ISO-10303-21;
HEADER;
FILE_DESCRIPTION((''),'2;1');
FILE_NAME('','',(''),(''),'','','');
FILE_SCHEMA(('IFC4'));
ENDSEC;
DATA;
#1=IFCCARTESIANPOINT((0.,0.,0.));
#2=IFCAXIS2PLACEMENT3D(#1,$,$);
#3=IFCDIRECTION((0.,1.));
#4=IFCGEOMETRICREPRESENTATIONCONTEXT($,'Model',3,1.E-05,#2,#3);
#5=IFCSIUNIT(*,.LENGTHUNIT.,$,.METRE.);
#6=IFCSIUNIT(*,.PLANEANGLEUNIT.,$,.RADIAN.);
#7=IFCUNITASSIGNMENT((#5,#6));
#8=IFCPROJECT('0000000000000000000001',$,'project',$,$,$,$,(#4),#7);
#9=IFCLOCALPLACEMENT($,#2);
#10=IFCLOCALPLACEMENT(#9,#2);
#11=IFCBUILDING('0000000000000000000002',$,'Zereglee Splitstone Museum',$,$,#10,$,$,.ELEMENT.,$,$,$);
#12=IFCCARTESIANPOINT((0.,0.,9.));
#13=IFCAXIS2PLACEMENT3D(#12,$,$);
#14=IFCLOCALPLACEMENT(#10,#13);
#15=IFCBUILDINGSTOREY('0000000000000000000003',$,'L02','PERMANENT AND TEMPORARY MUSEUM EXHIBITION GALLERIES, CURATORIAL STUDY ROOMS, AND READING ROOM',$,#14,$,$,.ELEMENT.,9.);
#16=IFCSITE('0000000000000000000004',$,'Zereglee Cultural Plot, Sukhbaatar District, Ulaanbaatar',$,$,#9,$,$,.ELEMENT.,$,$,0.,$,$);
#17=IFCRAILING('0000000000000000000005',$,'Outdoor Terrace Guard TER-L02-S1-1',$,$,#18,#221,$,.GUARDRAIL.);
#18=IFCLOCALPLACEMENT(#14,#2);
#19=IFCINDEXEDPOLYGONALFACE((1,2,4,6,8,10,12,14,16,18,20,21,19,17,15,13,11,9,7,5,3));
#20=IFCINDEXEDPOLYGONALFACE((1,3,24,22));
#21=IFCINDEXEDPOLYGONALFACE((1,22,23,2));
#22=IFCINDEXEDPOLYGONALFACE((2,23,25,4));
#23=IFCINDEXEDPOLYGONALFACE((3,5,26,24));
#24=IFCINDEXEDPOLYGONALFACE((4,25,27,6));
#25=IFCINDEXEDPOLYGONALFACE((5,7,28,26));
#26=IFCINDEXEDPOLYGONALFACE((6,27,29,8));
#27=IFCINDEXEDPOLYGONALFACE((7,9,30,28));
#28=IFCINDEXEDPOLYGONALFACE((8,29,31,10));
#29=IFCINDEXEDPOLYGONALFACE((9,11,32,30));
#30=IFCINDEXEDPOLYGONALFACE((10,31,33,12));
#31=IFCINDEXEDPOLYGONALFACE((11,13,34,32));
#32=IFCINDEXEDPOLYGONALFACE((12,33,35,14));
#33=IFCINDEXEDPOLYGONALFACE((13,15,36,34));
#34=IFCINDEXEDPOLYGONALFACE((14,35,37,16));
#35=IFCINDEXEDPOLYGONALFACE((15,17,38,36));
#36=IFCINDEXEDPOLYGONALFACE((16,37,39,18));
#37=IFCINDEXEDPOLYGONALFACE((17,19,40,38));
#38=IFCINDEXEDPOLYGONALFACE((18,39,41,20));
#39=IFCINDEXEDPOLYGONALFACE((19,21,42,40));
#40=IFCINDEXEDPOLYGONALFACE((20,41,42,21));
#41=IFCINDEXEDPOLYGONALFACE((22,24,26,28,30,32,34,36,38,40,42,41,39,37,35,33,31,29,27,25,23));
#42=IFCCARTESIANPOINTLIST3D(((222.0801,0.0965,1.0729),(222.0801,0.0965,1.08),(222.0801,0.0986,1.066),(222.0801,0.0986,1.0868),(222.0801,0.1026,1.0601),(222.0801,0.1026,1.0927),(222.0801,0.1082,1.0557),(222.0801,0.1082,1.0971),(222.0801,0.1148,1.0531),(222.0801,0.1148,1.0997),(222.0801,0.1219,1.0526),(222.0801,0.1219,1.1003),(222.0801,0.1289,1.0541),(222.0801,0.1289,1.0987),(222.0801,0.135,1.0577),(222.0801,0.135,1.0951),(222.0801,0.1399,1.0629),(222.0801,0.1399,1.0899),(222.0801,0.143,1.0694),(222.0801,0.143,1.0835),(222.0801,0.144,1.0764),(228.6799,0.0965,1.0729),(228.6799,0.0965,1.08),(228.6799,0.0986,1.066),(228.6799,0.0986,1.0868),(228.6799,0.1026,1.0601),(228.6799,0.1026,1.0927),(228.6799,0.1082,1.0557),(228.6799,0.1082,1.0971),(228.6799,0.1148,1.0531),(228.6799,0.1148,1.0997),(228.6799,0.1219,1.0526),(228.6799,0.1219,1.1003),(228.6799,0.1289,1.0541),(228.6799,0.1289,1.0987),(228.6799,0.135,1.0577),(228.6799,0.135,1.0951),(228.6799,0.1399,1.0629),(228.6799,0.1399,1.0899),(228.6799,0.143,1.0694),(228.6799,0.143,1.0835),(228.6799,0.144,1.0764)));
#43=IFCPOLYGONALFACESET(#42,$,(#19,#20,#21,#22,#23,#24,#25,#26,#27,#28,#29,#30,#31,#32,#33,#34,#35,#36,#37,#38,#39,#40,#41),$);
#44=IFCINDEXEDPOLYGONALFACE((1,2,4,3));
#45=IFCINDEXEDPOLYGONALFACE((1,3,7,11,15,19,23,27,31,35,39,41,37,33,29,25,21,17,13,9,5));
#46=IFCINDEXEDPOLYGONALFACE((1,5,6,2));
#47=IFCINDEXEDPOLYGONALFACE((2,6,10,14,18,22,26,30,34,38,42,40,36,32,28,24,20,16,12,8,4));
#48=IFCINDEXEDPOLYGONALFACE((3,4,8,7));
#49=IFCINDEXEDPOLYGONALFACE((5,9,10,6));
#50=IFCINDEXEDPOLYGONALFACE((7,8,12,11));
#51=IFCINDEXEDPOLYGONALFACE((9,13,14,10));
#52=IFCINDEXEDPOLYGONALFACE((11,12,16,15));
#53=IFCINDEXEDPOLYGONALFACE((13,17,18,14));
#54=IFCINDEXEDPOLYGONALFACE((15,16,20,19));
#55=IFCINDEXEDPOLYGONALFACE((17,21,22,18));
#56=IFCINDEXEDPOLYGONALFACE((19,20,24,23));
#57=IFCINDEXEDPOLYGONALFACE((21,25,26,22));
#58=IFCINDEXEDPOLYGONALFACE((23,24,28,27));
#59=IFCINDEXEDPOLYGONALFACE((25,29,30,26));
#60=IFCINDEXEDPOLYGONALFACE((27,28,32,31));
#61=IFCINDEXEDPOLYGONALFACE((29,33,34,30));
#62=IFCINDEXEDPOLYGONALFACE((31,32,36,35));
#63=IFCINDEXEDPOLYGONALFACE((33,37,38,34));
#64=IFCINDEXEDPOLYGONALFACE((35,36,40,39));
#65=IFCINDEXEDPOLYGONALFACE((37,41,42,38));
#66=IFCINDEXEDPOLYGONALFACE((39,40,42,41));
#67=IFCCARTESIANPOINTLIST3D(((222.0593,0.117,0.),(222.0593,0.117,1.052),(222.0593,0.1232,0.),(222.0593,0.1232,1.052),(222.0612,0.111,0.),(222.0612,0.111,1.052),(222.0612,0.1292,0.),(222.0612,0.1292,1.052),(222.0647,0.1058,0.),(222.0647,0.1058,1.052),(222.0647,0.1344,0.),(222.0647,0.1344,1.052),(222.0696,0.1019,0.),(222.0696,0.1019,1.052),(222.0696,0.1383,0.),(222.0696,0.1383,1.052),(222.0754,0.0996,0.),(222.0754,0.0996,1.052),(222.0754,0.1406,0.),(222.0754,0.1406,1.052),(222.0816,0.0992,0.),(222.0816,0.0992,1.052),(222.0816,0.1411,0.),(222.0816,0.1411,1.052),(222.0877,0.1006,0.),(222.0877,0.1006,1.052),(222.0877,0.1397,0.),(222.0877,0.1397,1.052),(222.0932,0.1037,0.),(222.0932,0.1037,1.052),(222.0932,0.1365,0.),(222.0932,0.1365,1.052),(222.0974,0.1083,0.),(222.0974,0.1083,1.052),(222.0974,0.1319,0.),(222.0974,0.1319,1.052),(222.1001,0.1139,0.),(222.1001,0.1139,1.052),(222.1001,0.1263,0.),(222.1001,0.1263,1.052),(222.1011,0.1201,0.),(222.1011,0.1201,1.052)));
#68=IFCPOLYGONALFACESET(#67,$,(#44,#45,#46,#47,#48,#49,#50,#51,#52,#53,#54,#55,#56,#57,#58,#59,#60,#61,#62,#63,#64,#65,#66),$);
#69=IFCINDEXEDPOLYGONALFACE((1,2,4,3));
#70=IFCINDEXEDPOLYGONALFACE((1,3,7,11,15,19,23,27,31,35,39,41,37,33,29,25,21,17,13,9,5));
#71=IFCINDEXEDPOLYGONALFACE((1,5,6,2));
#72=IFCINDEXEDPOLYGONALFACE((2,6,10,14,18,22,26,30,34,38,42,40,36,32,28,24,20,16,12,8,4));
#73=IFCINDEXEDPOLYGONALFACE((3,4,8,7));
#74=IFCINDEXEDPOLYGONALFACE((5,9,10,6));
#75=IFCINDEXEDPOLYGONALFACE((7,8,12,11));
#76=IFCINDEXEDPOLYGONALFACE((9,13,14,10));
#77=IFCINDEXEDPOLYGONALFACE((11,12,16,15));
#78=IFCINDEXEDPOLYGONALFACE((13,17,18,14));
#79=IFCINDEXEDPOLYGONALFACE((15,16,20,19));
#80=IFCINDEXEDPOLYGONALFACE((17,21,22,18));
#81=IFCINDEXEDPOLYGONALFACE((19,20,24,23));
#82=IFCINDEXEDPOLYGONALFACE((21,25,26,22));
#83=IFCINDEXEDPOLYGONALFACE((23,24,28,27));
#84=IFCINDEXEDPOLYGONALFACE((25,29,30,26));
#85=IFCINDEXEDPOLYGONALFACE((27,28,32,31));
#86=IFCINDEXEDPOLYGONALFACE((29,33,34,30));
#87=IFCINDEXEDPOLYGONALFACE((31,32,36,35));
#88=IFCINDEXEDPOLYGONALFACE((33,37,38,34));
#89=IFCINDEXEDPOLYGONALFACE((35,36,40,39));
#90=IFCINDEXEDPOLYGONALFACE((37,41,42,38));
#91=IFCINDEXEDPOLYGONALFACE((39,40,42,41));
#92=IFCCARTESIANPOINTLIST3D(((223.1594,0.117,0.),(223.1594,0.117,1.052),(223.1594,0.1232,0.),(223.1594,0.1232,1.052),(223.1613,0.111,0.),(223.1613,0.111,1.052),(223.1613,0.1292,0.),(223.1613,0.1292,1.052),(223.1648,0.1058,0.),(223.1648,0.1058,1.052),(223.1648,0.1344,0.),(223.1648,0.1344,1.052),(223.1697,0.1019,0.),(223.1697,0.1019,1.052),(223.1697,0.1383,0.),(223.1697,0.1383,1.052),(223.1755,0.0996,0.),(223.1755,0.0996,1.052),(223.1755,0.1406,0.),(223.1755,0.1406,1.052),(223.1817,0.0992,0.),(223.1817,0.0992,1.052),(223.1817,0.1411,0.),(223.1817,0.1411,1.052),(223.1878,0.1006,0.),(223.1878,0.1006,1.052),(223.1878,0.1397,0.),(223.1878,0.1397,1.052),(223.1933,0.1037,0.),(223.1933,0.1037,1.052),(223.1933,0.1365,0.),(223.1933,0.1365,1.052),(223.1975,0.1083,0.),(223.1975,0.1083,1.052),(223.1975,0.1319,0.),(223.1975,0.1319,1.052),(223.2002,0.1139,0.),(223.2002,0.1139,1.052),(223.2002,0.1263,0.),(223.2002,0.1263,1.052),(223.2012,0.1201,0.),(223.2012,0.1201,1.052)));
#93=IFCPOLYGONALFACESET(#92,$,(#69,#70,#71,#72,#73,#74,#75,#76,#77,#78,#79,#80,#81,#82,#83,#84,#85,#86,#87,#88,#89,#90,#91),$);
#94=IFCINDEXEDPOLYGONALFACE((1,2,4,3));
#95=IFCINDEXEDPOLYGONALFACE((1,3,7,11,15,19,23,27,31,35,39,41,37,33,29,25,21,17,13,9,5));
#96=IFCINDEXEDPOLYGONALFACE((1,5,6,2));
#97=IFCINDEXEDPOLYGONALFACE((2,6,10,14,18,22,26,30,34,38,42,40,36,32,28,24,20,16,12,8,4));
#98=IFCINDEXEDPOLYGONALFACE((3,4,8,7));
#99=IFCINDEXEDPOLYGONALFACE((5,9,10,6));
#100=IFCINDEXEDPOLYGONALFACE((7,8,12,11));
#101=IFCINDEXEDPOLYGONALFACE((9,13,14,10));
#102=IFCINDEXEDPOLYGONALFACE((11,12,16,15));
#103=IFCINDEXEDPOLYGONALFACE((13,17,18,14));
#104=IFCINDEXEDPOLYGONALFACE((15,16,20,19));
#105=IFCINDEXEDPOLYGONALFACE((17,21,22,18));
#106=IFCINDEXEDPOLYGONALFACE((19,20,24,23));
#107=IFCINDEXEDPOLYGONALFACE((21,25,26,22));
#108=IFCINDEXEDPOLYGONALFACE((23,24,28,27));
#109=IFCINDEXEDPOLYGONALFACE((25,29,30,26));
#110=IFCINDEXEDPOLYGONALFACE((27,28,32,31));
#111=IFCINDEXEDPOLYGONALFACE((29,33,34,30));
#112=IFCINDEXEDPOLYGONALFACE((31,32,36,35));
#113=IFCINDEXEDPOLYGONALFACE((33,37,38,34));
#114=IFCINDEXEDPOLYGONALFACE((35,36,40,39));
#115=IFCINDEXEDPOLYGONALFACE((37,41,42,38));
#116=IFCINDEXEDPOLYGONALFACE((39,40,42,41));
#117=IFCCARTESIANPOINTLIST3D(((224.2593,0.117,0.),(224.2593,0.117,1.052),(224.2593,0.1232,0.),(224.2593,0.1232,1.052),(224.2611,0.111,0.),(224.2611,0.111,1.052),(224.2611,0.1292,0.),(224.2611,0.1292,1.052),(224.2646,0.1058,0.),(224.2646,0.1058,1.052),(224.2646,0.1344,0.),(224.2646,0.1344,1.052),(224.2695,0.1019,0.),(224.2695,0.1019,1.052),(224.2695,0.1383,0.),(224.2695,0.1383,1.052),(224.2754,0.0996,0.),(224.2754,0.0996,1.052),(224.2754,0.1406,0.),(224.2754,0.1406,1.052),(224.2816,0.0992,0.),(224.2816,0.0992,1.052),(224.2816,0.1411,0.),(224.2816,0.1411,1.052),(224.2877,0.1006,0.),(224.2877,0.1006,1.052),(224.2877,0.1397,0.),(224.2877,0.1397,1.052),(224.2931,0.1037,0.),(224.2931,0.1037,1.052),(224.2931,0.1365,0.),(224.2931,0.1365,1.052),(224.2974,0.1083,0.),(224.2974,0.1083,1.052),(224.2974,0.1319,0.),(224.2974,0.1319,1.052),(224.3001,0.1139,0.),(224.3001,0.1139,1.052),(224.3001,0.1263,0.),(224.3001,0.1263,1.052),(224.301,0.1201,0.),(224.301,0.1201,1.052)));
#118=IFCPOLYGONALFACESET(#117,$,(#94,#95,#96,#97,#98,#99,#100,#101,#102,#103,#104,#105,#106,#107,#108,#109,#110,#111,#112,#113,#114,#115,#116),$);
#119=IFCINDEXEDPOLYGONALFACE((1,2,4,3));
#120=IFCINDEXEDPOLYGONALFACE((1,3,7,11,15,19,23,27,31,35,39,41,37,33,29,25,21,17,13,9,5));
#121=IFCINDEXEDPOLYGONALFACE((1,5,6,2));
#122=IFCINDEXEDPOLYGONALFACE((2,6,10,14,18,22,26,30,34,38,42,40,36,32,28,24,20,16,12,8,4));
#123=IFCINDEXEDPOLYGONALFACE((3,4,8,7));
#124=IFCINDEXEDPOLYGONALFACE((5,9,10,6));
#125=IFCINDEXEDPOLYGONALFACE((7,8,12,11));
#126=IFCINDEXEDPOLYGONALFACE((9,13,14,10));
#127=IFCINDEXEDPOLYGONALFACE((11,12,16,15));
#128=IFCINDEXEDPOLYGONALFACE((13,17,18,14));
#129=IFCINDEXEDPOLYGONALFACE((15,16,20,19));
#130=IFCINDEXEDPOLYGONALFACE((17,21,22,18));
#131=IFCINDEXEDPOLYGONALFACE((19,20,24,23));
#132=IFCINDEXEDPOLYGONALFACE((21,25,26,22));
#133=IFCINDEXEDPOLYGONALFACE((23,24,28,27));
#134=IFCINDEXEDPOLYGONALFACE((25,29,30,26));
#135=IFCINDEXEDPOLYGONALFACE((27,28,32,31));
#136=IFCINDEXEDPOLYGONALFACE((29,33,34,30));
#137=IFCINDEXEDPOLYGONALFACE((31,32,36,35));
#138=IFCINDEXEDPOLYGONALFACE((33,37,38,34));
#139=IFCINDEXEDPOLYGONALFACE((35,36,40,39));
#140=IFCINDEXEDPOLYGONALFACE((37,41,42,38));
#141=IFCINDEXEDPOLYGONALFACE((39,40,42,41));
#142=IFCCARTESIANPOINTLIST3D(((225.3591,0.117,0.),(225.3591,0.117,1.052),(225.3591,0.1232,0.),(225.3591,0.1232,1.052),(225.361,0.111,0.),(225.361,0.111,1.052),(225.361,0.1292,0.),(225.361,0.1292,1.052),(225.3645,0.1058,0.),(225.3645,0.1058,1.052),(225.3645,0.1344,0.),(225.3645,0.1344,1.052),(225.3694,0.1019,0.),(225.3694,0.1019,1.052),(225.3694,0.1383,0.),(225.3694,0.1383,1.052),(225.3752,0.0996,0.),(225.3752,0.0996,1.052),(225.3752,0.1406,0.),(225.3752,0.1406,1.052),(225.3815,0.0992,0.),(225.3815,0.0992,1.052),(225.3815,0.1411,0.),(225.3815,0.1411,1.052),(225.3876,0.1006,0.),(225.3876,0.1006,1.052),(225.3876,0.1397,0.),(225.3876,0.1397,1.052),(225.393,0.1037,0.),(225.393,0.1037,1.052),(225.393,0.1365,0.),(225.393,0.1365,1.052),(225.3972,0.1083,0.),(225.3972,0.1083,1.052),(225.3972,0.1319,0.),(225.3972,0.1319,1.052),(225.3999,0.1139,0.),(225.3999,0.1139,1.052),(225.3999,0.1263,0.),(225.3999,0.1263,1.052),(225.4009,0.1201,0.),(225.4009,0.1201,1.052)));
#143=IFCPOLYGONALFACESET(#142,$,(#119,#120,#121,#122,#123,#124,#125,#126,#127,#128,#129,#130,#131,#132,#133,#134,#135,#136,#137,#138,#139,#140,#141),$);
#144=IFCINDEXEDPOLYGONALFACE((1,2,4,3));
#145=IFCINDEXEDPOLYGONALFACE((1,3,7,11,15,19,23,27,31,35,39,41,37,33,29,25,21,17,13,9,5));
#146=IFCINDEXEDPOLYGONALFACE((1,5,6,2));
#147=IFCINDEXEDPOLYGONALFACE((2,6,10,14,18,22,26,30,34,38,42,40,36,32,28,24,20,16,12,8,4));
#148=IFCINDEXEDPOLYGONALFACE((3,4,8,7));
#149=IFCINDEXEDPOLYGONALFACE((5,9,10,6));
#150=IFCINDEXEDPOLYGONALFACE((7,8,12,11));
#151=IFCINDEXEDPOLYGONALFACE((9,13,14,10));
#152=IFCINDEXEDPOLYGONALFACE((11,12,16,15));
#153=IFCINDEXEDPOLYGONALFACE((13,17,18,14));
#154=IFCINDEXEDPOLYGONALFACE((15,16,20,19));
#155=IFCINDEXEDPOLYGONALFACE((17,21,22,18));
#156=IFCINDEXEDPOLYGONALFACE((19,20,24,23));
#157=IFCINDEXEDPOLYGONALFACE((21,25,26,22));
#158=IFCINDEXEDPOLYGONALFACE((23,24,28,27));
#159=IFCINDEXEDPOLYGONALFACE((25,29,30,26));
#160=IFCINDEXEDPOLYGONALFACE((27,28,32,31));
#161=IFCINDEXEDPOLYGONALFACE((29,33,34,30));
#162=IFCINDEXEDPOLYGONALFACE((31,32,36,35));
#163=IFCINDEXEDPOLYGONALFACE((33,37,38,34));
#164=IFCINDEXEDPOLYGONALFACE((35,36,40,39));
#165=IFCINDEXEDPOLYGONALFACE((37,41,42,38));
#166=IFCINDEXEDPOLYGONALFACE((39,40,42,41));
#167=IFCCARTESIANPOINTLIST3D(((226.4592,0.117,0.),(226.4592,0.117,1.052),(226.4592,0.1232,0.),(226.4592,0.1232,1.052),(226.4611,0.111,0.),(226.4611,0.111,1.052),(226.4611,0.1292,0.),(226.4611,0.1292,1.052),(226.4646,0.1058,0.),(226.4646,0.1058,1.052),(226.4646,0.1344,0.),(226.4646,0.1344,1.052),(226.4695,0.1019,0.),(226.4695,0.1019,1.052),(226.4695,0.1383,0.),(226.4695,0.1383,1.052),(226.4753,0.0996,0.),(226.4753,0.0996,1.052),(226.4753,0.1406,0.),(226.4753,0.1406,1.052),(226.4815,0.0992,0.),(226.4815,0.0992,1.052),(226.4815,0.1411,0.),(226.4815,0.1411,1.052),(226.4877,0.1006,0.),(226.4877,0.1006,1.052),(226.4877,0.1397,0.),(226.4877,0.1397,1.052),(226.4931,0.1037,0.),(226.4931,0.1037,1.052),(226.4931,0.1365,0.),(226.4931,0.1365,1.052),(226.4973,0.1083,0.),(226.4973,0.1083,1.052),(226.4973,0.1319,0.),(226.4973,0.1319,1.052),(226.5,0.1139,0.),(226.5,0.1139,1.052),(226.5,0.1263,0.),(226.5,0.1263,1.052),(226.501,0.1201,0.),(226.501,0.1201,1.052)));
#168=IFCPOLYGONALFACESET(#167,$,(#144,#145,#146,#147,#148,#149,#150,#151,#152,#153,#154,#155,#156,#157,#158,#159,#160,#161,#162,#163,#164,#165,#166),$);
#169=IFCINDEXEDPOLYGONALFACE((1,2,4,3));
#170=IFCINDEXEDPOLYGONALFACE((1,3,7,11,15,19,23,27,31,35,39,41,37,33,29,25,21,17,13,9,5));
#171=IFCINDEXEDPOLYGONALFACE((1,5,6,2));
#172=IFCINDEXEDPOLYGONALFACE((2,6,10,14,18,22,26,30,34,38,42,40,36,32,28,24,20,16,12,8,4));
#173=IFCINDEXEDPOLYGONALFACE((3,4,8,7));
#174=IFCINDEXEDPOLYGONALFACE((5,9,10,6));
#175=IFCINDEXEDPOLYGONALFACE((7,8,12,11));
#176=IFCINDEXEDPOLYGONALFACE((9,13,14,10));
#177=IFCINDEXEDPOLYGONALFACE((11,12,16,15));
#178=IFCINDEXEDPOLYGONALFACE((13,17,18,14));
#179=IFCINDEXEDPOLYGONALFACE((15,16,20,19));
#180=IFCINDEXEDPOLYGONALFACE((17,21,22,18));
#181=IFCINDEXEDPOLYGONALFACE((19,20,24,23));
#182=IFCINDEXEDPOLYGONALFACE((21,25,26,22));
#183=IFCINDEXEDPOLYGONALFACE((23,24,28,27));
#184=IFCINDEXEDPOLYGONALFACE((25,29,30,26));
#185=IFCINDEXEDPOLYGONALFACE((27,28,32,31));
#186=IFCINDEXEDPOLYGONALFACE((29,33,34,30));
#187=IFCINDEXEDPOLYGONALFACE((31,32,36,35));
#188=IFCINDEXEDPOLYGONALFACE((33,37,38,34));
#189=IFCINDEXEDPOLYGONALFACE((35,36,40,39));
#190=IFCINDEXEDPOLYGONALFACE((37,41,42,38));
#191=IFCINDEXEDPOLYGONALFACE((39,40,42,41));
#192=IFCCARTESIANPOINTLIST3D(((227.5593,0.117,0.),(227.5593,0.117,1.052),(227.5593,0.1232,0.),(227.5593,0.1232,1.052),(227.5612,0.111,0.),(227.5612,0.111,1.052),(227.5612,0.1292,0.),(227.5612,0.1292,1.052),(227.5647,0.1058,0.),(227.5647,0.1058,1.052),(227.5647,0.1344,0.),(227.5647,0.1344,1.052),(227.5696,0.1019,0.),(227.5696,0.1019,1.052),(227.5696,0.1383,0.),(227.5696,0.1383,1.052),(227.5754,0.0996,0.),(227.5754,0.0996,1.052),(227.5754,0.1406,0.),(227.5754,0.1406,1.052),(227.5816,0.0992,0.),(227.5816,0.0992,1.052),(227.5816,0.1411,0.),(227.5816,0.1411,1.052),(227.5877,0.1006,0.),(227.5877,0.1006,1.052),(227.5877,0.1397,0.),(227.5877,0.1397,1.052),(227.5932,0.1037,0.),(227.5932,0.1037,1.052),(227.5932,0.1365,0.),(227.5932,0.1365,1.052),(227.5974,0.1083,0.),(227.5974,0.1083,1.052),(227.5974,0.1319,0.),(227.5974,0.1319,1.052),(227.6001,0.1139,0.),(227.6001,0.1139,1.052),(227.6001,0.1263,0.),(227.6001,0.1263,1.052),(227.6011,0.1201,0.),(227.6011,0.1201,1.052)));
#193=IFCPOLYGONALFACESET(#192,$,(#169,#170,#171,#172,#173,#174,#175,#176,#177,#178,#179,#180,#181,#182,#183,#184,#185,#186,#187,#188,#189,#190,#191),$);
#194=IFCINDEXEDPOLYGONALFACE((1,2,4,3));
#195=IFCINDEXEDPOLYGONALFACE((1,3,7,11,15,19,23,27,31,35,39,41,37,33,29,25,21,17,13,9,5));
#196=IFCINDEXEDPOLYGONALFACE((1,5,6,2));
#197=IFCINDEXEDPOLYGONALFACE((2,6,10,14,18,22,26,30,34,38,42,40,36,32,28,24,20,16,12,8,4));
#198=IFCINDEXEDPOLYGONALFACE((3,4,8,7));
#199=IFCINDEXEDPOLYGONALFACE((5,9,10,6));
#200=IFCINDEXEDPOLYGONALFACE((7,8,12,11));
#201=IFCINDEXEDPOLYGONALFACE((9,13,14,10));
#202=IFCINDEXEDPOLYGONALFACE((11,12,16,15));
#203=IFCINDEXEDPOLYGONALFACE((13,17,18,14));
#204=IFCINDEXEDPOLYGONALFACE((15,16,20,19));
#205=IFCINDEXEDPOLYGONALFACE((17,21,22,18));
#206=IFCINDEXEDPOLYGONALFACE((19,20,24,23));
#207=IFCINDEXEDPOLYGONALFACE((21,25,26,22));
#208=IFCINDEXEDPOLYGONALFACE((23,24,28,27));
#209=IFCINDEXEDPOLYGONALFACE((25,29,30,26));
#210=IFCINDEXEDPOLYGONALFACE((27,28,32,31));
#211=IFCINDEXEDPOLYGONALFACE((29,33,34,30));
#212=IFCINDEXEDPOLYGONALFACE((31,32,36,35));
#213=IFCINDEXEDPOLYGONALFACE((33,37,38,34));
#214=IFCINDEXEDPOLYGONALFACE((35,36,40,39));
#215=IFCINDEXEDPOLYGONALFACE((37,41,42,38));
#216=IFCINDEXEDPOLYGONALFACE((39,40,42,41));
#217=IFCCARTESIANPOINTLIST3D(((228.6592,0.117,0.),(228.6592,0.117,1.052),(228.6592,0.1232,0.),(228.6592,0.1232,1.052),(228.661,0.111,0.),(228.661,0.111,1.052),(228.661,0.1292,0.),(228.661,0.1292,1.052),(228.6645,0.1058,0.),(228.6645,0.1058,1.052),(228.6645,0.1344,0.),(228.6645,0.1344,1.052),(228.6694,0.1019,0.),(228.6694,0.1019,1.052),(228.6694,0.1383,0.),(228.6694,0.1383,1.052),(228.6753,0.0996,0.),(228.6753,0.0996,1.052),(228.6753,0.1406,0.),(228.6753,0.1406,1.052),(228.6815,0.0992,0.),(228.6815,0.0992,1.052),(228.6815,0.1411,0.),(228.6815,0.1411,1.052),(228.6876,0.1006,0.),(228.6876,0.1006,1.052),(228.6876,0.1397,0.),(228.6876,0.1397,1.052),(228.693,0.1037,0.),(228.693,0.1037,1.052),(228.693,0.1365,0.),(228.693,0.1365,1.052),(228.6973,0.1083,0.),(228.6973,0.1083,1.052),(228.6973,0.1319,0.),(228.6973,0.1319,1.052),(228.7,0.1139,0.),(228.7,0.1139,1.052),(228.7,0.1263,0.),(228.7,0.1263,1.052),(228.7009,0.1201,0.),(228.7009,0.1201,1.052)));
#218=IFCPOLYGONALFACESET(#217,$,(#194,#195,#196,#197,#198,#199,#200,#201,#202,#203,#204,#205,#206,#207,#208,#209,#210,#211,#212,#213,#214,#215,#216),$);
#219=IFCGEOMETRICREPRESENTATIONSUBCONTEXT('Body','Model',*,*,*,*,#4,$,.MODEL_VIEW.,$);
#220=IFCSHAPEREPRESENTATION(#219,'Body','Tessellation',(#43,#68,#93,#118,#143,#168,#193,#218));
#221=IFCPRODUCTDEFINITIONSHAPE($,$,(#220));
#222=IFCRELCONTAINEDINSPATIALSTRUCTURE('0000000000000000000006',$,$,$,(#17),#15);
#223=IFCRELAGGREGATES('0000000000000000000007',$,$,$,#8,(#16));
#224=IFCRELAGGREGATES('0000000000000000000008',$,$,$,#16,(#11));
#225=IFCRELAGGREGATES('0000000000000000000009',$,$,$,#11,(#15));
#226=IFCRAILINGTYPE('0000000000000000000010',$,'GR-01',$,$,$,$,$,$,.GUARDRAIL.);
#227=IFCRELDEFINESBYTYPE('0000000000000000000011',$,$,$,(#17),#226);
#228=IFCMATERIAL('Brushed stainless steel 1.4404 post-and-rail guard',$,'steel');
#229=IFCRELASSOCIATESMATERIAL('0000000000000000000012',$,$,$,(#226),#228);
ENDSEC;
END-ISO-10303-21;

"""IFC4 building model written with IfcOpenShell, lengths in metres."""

from ifc_helpers import new_model, si_unit, direction, frame, origin, origin_2d, place, context, subcontext, project, spatial, circle, extrude, material, type_object, element, save


model = new_model("IFC4")

# Units and contexts
model_context = context("Model", 3, precision=1e-05, world=origin(), true_north=direction((0.0, 1.0)))
body_context = subcontext(model_context, "Body", "Model", "MODEL_VIEW")
ifc_project = project(units=[si_unit("LENGTHUNIT", "METRE"), si_unit("PLANEANGLEUNIT", "RADIAN")], contexts=[model_context])

# Site, building, storey
site_placement = place(None, origin())
site = spatial("IfcSite", under=ifc_project, at=site_placement, Name="Zereglee Cultural Plot, Sukhbaatar District, Ulaanbaatar", CompositionType="ELEMENT", RefElevation=0.0)
building_placement = place(site_placement, origin())
building = spatial("IfcBuilding", under=site, at=building_placement, Name="Zereglee Splitstone Museum", CompositionType="ELEMENT")
storey_placement = place(building_placement, frame((0.0, 0.0, 9.0)))
storey = spatial("IfcBuildingStorey", under=building, at=storey_placement, Name="L02", Description="PERMANENT AND TEMPORARY MUSEUM EXHIBITION GALLERIES, CURATORIAL STUDY ROOMS, AND READING ROOM", CompositionType="ELEMENT", Elevation=9.0)

# Railing
ifc_material_1 = material(Name="Brushed stainless steel 1.4404 post-and-rail guard", Category="steel")
railing_type = type_object("IfcRailingType", Name="GR-01", PredefinedType="GUARDRAIL", material=ifc_material_1)
railing_1_placement = place(storey_placement, frame((222.0801, 0.1201, 0.0)))
element("IfcRailing", 1, at=railing_1_placement, inside=storey, type_object=railing_type, Name="Outdoor Terrace Guard TER-L02-S1-1", PredefinedType="GUARDRAIL", context=body_context, shape_type="SweptSolid", body=[
    extrude(circle(Radius=0.0239, at=origin_2d()), frame((0.0, 0.0, 1.0764), z_axis=(1.0, 0.0, 0.0), x_axis=(0.0, 1.0, 0.0)), (0.0, 0.0, 1.0), 6.5999),
    extrude(circle(Radius=0.021, at=origin_2d()), origin(), (0.0, 0.0, 1.0), 1.052),
    extrude(circle(Radius=0.021, at=origin_2d()), frame((1.1001, 0.0, 0.0)), (0.0, 0.0, 1.0), 1.052),
    extrude(circle(Radius=0.021, at=origin_2d()), frame((2.2, 0.0, 0.0)), (0.0, 0.0, 1.0), 1.052),
    extrude(circle(Radius=0.021, at=origin_2d()), frame((3.2998, 0.0, 0.0)), (0.0, 0.0, 1.0), 1.052),
    extrude(circle(Radius=0.021, at=origin_2d()), frame((4.3999, 0.0, 0.0)), (0.0, 0.0, 1.0), 1.052),
    extrude(circle(Radius=0.021, at=origin_2d()), frame((5.5, 0.0, 0.0)), (0.0, 0.0, 1.0), 1.052),
    extrude(circle(Radius=0.021, at=origin_2d()), frame((6.5999, 0.0, 0.0)), (0.0, 0.0, 1.0), 1.052),
])

save(model, "model.ifc")
